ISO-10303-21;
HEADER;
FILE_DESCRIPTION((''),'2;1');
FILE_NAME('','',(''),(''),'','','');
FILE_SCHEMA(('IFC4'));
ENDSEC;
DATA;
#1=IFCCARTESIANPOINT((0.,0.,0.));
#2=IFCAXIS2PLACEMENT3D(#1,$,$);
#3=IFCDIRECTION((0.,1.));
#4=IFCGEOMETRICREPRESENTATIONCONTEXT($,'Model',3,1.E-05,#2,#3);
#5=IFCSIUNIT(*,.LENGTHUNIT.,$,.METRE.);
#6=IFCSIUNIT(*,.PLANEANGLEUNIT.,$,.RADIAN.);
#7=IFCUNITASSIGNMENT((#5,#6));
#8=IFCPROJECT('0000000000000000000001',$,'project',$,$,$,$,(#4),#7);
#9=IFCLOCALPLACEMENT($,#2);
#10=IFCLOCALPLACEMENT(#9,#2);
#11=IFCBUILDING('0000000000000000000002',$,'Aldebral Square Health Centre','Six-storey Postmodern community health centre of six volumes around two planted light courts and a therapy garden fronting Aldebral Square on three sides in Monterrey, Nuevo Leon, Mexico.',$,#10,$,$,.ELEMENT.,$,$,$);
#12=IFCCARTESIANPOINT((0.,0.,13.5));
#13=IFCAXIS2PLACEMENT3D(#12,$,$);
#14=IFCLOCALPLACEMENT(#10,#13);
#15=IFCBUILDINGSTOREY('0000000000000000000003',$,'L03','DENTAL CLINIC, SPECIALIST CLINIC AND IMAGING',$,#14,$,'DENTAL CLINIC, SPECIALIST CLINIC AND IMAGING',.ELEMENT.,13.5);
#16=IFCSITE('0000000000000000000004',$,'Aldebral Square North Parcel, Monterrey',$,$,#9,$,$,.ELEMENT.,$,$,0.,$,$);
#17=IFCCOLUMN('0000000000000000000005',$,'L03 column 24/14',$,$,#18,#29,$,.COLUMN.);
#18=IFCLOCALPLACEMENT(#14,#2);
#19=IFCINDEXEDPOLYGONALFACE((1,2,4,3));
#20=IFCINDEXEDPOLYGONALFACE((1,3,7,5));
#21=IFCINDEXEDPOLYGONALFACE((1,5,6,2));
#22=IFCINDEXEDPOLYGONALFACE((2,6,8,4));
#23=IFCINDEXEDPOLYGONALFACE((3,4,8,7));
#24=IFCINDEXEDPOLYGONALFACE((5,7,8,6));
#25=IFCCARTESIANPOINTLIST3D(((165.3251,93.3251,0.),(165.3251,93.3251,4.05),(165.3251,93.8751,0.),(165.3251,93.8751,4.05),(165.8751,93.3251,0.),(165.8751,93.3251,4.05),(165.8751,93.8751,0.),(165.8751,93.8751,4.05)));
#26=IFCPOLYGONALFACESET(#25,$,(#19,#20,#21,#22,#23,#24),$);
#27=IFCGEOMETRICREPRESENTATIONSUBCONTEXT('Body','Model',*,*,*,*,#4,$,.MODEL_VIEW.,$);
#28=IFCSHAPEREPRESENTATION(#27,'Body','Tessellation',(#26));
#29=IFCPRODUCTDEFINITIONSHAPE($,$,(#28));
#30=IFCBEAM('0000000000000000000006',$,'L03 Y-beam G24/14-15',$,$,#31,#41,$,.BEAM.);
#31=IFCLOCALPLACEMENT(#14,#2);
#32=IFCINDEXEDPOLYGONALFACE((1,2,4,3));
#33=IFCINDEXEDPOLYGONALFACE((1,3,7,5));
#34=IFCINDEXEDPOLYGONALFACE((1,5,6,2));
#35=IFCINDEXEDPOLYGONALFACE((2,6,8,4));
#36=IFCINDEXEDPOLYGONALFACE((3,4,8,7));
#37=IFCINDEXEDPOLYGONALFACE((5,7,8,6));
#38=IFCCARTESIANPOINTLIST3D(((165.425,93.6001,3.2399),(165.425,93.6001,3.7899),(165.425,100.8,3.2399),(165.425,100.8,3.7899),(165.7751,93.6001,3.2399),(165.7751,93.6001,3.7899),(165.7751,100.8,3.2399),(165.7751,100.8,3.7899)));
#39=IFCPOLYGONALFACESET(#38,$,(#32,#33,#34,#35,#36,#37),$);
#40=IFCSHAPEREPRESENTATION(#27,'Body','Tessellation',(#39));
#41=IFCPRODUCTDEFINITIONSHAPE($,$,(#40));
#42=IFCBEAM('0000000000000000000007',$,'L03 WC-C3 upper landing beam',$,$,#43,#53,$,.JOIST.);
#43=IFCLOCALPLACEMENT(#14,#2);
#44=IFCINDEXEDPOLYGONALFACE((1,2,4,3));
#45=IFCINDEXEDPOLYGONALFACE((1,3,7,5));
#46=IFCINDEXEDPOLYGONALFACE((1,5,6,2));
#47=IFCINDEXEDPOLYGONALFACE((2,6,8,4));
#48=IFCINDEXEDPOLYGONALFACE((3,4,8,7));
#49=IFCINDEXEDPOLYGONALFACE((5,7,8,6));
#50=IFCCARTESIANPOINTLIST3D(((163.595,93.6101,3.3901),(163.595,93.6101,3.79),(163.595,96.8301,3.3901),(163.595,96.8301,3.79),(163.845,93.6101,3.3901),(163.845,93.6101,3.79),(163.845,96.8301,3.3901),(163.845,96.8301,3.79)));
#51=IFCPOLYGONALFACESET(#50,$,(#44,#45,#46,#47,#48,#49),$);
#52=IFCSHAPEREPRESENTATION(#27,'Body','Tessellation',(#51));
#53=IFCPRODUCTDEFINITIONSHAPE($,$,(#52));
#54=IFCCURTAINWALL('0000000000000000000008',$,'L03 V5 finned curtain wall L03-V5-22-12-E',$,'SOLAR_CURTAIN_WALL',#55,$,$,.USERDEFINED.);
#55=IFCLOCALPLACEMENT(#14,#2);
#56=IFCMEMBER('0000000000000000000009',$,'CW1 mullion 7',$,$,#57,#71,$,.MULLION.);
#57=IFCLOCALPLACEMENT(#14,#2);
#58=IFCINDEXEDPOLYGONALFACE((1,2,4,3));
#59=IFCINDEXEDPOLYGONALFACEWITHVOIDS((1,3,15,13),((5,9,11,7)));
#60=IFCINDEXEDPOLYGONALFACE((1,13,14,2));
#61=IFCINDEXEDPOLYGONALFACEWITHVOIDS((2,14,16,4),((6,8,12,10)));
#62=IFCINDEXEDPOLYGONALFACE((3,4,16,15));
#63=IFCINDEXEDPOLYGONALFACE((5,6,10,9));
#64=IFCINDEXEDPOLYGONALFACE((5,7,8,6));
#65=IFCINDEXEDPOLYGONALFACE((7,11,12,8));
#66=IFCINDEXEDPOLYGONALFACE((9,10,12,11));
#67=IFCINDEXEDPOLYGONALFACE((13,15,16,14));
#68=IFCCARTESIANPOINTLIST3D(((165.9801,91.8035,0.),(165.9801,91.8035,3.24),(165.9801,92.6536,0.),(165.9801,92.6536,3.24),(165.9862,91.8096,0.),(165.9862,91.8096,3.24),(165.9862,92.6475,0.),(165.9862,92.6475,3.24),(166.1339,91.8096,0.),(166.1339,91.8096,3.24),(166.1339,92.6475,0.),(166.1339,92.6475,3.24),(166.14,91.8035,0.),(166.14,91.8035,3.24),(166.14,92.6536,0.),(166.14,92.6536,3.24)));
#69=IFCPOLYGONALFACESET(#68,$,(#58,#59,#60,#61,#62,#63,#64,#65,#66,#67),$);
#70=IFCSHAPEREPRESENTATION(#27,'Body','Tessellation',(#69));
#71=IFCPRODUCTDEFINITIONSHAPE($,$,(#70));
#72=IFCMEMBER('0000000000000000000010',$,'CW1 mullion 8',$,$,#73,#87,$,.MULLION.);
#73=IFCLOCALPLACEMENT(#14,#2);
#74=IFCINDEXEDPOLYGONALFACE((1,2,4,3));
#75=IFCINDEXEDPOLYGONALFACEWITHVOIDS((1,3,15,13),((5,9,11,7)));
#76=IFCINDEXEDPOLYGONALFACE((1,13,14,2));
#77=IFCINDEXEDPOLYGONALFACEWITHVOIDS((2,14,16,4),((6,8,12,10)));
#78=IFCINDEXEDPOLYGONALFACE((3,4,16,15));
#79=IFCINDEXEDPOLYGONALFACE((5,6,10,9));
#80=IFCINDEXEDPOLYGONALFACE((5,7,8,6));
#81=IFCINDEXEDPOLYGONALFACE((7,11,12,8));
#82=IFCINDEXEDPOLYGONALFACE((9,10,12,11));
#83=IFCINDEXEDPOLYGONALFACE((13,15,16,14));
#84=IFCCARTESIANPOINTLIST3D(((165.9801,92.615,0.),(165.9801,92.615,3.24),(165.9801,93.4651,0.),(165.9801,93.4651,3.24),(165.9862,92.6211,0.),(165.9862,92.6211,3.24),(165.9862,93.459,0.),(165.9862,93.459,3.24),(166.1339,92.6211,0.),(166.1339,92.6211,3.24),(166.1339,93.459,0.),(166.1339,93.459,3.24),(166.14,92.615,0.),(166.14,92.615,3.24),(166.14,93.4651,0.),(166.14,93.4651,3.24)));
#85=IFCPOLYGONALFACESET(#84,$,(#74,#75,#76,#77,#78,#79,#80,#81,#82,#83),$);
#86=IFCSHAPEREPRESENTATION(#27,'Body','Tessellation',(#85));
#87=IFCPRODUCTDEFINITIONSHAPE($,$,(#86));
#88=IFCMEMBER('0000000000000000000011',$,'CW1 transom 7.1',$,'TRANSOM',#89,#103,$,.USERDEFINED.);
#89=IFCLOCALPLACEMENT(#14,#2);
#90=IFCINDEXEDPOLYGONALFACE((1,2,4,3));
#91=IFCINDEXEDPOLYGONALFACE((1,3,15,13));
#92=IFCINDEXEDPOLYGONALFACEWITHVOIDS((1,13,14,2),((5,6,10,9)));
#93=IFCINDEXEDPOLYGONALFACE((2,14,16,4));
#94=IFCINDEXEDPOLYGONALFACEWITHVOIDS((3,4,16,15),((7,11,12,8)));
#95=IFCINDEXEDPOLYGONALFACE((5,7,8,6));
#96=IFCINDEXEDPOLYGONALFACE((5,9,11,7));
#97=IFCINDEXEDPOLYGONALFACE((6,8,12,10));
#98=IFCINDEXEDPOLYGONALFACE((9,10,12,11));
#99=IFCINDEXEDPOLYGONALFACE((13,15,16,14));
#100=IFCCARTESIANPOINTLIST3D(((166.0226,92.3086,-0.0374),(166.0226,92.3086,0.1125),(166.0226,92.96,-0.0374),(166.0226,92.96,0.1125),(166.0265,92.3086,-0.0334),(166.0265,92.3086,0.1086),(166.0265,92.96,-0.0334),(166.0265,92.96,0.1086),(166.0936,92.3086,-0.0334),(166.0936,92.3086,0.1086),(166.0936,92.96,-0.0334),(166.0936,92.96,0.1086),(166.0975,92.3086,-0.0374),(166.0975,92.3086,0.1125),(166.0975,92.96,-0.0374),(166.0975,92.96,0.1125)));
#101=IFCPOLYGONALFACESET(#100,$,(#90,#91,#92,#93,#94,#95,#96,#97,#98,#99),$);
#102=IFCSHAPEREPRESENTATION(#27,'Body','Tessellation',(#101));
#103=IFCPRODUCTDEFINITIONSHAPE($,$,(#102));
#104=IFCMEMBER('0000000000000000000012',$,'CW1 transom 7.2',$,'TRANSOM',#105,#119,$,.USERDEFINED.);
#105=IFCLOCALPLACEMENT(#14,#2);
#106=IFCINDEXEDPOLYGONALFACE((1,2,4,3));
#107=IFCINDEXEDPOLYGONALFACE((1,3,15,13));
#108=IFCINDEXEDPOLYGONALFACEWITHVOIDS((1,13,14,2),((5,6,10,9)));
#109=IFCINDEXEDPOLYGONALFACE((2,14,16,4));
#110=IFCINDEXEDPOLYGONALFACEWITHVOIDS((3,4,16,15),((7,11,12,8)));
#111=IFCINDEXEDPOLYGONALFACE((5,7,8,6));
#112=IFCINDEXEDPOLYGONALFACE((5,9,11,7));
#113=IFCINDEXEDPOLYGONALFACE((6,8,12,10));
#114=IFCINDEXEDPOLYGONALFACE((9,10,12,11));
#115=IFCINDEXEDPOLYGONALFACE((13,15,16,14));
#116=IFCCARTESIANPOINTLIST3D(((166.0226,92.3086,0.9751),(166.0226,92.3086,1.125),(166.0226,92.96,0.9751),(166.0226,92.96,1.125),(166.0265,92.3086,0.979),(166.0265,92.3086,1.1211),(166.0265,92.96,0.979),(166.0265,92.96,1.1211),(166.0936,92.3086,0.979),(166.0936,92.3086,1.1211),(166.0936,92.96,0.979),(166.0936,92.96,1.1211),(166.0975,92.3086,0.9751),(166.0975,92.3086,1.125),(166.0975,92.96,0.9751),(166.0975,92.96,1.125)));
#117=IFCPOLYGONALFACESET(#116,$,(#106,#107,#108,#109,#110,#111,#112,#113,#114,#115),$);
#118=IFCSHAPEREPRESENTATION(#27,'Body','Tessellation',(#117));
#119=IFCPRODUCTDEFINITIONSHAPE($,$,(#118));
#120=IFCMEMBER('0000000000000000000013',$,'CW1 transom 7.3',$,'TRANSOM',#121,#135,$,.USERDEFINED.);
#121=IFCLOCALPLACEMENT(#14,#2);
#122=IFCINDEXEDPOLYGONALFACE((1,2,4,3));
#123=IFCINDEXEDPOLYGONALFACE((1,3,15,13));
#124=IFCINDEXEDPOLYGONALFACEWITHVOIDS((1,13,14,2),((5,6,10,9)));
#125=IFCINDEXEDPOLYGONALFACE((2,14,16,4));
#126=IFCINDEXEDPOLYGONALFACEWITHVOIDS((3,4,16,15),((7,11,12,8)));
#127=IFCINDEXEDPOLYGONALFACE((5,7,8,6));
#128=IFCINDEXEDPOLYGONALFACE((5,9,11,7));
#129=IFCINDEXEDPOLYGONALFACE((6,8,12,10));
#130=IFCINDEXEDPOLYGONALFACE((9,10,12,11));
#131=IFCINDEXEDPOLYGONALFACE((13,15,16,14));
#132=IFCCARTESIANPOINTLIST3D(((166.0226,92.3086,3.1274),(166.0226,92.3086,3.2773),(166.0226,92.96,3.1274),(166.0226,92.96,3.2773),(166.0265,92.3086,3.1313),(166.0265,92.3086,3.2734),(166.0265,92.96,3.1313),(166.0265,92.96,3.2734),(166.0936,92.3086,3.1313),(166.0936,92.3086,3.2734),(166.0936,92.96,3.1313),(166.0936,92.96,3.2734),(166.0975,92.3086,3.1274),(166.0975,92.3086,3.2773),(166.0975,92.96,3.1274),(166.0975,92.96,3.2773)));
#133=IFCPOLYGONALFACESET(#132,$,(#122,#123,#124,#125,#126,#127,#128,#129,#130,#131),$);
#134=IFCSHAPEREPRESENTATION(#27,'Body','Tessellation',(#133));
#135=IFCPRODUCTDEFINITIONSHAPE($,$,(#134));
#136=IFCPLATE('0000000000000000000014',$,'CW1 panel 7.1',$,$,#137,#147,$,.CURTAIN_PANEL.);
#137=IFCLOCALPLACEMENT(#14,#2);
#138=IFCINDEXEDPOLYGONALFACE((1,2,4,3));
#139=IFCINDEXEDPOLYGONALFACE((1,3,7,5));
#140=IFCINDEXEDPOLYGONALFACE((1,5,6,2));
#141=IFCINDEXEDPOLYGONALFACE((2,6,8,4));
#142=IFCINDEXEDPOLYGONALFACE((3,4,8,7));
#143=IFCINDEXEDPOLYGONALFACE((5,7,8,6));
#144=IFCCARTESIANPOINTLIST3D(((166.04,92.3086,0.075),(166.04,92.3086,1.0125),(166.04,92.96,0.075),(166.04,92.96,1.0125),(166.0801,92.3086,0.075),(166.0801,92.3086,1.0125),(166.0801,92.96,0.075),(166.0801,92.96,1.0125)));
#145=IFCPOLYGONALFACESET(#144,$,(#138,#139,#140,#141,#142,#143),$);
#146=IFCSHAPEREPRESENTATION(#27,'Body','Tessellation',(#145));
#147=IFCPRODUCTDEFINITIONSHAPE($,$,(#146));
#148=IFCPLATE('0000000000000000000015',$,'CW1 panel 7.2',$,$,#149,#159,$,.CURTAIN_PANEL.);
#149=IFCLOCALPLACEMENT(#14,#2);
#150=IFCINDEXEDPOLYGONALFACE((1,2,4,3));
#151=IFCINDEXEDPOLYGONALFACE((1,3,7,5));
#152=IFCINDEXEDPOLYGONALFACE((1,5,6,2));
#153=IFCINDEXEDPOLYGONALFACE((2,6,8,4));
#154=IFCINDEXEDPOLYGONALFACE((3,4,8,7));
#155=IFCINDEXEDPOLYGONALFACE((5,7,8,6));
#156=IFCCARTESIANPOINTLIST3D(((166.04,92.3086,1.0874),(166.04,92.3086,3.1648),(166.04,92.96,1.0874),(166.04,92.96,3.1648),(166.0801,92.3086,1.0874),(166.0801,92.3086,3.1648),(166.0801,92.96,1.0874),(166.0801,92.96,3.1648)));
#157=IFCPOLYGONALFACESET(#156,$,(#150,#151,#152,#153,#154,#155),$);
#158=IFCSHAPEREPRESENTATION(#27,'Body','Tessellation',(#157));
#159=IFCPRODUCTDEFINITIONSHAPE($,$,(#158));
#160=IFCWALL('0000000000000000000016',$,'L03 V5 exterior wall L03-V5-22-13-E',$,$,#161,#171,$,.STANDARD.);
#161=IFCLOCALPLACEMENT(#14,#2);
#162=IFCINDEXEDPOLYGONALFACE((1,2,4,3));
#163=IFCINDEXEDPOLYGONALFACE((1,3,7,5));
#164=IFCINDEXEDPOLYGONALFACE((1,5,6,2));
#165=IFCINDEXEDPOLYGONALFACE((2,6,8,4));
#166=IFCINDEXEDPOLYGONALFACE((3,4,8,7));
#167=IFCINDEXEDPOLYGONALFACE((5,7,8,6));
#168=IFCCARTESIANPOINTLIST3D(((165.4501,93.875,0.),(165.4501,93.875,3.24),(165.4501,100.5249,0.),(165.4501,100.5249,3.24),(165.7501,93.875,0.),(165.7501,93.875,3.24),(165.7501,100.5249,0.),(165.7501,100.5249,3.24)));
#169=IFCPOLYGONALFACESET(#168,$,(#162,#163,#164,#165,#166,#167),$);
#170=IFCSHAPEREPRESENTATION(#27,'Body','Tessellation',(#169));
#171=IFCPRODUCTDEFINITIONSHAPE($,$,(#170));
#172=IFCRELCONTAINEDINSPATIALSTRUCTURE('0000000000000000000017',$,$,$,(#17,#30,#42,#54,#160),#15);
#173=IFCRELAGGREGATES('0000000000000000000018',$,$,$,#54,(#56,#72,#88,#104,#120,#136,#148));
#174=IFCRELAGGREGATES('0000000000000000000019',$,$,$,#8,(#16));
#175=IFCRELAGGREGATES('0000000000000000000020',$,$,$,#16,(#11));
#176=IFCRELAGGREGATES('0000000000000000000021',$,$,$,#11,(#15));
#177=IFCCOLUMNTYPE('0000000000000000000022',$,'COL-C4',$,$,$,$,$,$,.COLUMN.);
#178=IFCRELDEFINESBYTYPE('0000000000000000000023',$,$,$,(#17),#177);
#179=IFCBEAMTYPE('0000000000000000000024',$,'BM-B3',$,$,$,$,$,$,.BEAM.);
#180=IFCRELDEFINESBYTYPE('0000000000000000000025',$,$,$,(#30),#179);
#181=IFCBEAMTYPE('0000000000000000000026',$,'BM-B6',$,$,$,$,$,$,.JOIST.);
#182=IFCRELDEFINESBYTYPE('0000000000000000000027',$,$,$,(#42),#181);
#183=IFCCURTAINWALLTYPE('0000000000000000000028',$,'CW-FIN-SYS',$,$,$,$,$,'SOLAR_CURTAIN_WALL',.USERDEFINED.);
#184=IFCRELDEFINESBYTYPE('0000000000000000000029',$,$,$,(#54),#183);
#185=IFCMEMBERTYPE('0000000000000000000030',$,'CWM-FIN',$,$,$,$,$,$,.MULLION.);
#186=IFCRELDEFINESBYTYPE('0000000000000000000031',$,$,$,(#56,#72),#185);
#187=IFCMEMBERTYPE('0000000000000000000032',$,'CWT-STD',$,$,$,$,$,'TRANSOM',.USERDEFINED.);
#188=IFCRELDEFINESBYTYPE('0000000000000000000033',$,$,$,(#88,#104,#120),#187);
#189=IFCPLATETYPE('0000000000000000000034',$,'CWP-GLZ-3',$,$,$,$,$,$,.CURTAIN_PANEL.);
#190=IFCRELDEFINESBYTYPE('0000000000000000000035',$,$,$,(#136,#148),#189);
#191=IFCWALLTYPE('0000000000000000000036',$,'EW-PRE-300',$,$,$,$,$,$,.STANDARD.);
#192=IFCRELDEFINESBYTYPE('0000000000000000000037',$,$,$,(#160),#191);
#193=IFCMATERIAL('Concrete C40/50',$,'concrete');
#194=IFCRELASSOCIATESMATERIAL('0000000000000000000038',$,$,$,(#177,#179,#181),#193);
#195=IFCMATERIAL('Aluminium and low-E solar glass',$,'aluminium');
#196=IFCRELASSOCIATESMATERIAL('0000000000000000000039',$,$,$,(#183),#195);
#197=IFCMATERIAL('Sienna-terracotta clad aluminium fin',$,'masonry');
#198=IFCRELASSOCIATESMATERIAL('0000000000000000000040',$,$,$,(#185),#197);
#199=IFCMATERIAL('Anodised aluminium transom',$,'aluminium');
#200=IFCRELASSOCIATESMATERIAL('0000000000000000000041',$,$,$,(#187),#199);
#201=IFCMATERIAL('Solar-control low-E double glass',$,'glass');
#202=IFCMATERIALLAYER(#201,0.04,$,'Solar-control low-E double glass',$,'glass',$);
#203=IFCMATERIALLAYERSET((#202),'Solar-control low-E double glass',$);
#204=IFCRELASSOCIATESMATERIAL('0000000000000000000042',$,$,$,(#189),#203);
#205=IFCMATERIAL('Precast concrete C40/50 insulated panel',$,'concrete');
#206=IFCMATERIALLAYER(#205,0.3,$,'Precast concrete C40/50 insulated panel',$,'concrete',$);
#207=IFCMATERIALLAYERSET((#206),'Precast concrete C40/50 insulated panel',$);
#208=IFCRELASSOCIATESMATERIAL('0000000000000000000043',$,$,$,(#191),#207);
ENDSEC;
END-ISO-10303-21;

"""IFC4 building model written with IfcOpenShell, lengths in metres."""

from ifc_helpers import new_model, si_unit, direction, frame, frame_2d, origin, origin_2d, place, context, subcontext, project, spatial, rectangle, hollow_rectangle, extrude, material, layer, layer_set, material_profile, profile_set, type_object, element, aggregate, save


model = new_model("IFC4")

# Units and contexts
model_context = context("Model", 3, precision=1e-05, world=origin(), true_north=direction((0.0, 1.0)))
body_context = subcontext(model_context, "Body", "Model", "MODEL_VIEW")
ifc_project = project(units=[si_unit("LENGTHUNIT", "METRE"), si_unit("PLANEANGLEUNIT", "RADIAN")], contexts=[model_context])

# Site, building, storey
site_placement = place(None, origin())
site = spatial("IfcSite", under=ifc_project, at=site_placement, Name="Aldebral Square North Parcel, Monterrey", CompositionType="ELEMENT", RefElevation=0.0)
building_placement = place(site_placement, origin())
building = spatial("IfcBuilding", under=site, at=building_placement, Name="Aldebral Square Health Centre", Description="Six-storey Postmodern community health centre of six volumes around two planted light courts and a therapy garden fronting Aldebral Square on three sides in Monterrey, Nuevo Leon, Mexico.", CompositionType="ELEMENT")
storey_placement = place(building_placement, frame((0.0, 0.0, 13.5)))
storey = spatial("IfcBuildingStorey", under=building, at=storey_placement, Name="L03", Description="DENTAL CLINIC, SPECIALIST CLINIC AND IMAGING", LongName="DENTAL CLINIC, SPECIALIST CLINIC AND IMAGING", CompositionType="ELEMENT", Elevation=13.5)

# Column
ifc_material_1 = material(Name="Concrete C40/50", Category="concrete")
ifc_material_profile_1 = material_profile(ifc_material_1, rectangle(XDim=0.55, YDim=0.55, at=origin_2d()), Name="RC 550x550")
ifc_profile_set_1 = profile_set([ifc_material_profile_1], Name="Concrete C40/50")
column_type = type_object("IfcColumnType", Name="COL-C4", PredefinedType="COLUMN", material=ifc_profile_set_1)
column_placement = place(storey_placement, frame((165.6001, 93.6001, 0.0), z_axis=(0.0, 0.0, 1.0), x_axis=(1.0, 0.0, 0.0)))
element("IfcColumn", 1, at=column_placement, inside=storey, type_object=column_type, Name="L03 column 24/14", PredefinedType="COLUMN", context=body_context, shape_type="SweptSolid", body=[
    extrude(rectangle(XDim=0.55, YDim=0.55, at=origin_2d()), origin(), (0.0, 0.0, 1.0), 4.05),
])

# Beams
ifc_material_profile_2 = material_profile(ifc_material_1, rectangle(XDim=0.3501, YDim=0.55, at=origin_2d()), Name="RC 350x550")
ifc_profile_set_2 = profile_set([ifc_material_profile_2], Name="Concrete C40/50")
beam_type_1 = type_object("IfcBeamType", Name="BM-B3", PredefinedType="BEAM", material=ifc_profile_set_2)
beam_1_placement = place(storey_placement, frame((165.6001, 93.6001, 3.5149), z_axis=(0.0, 1.0, 0.0), x_axis=(-1.0, 0.0, 0.0)))
element("IfcBeam", 2, at=beam_1_placement, inside=storey, type_object=beam_type_1, Name="L03 Y-beam G24/14-15", PredefinedType="BEAM", context=body_context, shape_type="SweptSolid", body=[
    extrude(rectangle(XDim=0.3501, YDim=0.55, at=origin_2d()), origin(), (0.0, 0.0, 1.0), 7.2),
])
ifc_material_profile_3 = material_profile(ifc_material_1, rectangle(XDim=0.25, YDim=0.3999, at=origin_2d()), Name="RC 250x400")
ifc_profile_set_3 = profile_set([ifc_material_profile_3], Name="Concrete C40/50")
beam_type_2 = type_object("IfcBeamType", Name="BM-B6", PredefinedType="JOIST", material=ifc_profile_set_3)
beam_2_placement = place(storey_placement, frame((163.72, 93.6101, 3.5901), z_axis=(0.0, 1.0, 0.0), x_axis=(-1.0, 0.0, 0.0)))
element("IfcBeam", 3, at=beam_2_placement, inside=storey, type_object=beam_type_2, Name="L03 WC-C3 upper landing beam", PredefinedType="JOIST", context=body_context, shape_type="SweptSolid", body=[
    extrude(rectangle(XDim=0.25, YDim=0.3999, at=origin_2d()), origin(), (0.0, 0.0, 1.0), 3.22),
])

# Curtain wall, members, plates
ifc_material_2 = material(Name="Aluminium and low-E solar glass", Category="aluminium")
curtain_wall_type = type_object("IfcCurtainWallType", Name="CW-FIN-SYS", ElementType="SOLAR_CURTAIN_WALL", PredefinedType="USERDEFINED", material=ifc_material_2)
curtain_wall_placement = place(storey_placement, origin())
curtain_wall = element("IfcCurtainWall", 4, at=curtain_wall_placement, inside=storey, type_object=curtain_wall_type, Name="L03 V5 finned curtain wall L03-V5-22-12-E", ObjectType="SOLAR_CURTAIN_WALL", PredefinedType="USERDEFINED")
ifc_material_3 = material(Name="Sienna-terracotta clad aluminium fin", Category="masonry")
ifc_material_profile_4 = material_profile(ifc_material_3, hollow_rectangle(XDim=0.1599, YDim=0.8501, WallThickness=0.0061, at=origin_2d()), Name="FIN 160x850x6")
ifc_profile_set_4 = profile_set([ifc_material_profile_4], Name="Sienna-terracotta clad aluminium fin")
member_type_1 = type_object("IfcMemberType", Name="CWM-FIN", PredefinedType="MULLION", material=ifc_profile_set_4)
member_1_placement = place(storey_placement, frame((166.0601, 92.2285, 0.0), z_axis=(0.0, 0.0, 1.0), x_axis=(-1.0, 0.0, 0.0)))
member_1 = element("IfcMember", 5, at=member_1_placement, type_object=member_type_1, Name="CW1 mullion 7", PredefinedType="MULLION", context=body_context, shape_type="SweptSolid", body=[
    extrude(hollow_rectangle(XDim=0.1599, YDim=0.8501, WallThickness=0.0061, at=origin_2d()), origin(), (0.0, 0.0, 1.0), 3.24),
])
member_2_placement = place(storey_placement, frame((166.0601, 93.04, 0.0), z_axis=(0.0, 0.0, 1.0), x_axis=(-1.0, 0.0, 0.0)))
member_2 = element("IfcMember", 6, at=member_2_placement, type_object=member_type_1, Name="CW1 mullion 8", PredefinedType="MULLION", context=body_context, shape_type="SweptSolid", body=[
    extrude(hollow_rectangle(XDim=0.1599, YDim=0.8501, WallThickness=0.0061, at=origin_2d()), origin(), (0.0, 0.0, 1.0), 3.24),
])
ifc_material_4 = material(Name="Anodised aluminium transom", Category="aluminium")
ifc_material_profile_5 = material_profile(ifc_material_4, hollow_rectangle(XDim=0.075, YDim=0.1499, WallThickness=0.0039, at=origin_2d()), Name="CWT 75x150x4")
ifc_profile_set_5 = profile_set([ifc_material_profile_5], Name="Anodised aluminium transom")
member_type_2 = type_object("IfcMemberType", Name="CWT-STD", ElementType="TRANSOM", PredefinedType="USERDEFINED", material=ifc_profile_set_5)
member_3_placement = place(storey_placement, frame((166.0601, 92.3086, 0.0376), z_axis=(0.0, 1.0, 0.0), x_axis=(-1.0, 0.0, 0.0)))
member_3 = element("IfcMember", 7, at=member_3_placement, type_object=member_type_2, Name="CW1 transom 7.1", ObjectType="TRANSOM", PredefinedType="USERDEFINED", context=body_context, shape_type="SweptSolid", body=[
    extrude(hollow_rectangle(XDim=0.075, YDim=0.1499, WallThickness=0.0039, at=origin_2d()), origin(), (0.0, 0.0, 1.0), 0.6514),
])
member_4_placement = place(storey_placement, frame((166.0601, 92.3086, 1.05), z_axis=(0.0, 1.0, 0.0), x_axis=(-1.0, 0.0, 0.0)))
member_4 = element("IfcMember", 8, at=member_4_placement, type_object=member_type_2, Name="CW1 transom 7.2", ObjectType="TRANSOM", PredefinedType="USERDEFINED", context=body_context, shape_type="SweptSolid", body=[
    extrude(hollow_rectangle(XDim=0.075, YDim=0.1499, WallThickness=0.0039, at=origin_2d()), origin(), (0.0, 0.0, 1.0), 0.6514),
])
member_5_placement = place(storey_placement, frame((166.0601, 92.3086, 3.2024), z_axis=(0.0, 1.0, 0.0), x_axis=(-1.0, 0.0, 0.0)))
member_5 = element("IfcMember", 9, at=member_5_placement, type_object=member_type_2, Name="CW1 transom 7.3", ObjectType="TRANSOM", PredefinedType="USERDEFINED", context=body_context, shape_type="SweptSolid", body=[
    extrude(hollow_rectangle(XDim=0.075, YDim=0.1499, WallThickness=0.0039, at=origin_2d()), origin(), (0.0, 0.0, 1.0), 0.6514),
])
ifc_material_5 = material(Name="Solar-control low-E double glass", Category="glass")
ifc_layer_1 = layer(ifc_material_5, 0.04, Name="Solar-control low-E double glass", Category="glass")
ifc_layer_set_1 = layer_set([ifc_layer_1], Name="Solar-control low-E double glass")
plate_type = type_object("IfcPlateType", Name="CWP-GLZ-3", PredefinedType="CURTAIN_PANEL", material=ifc_layer_set_1)
plate_1_placement = place(storey_placement, frame((166.0601, 92.6343, 0.075), z_axis=(0.0, 0.0, 1.0), x_axis=(0.0, 1.0, 0.0)))
plate_1 = element("IfcPlate", 10, at=plate_1_placement, type_object=plate_type, Name="CW1 panel 7.1", PredefinedType="CURTAIN_PANEL", context=body_context, shape_type="SweptSolid", body=[
    extrude(rectangle(XDim=0.6514, YDim=0.04, at=origin_2d()), origin(), (0.0, 0.0, 1.0), 0.9375),
])
plate_2_placement = place(storey_placement, frame((166.0601, 92.6343, 1.0874), z_axis=(0.0, 0.0, 1.0), x_axis=(0.0, 1.0, 0.0)))
plate_2 = element("IfcPlate", 11, at=plate_2_placement, type_object=plate_type, Name="CW1 panel 7.2", PredefinedType="CURTAIN_PANEL", context=body_context, shape_type="SweptSolid", body=[
    extrude(rectangle(XDim=0.6514, YDim=0.04, at=origin_2d()), origin(), (0.0, 0.0, 1.0), 2.0774),
])
aggregate(curtain_wall, [member_1, member_2, member_3, member_4, member_5, plate_1, plate_2])

# Wall
ifc_material_6 = material(Name="Precast concrete C40/50 insulated panel", Category="concrete")
ifc_layer_2 = layer(ifc_material_6, 0.3, Name="Precast concrete C40/50 insulated panel", Category="concrete")
ifc_layer_set_2 = layer_set([ifc_layer_2], Name="Precast concrete C40/50 insulated panel")
wall_type_1 = type_object("IfcWallType", Name="EW-PRE-300", PredefinedType="STANDARD", material=ifc_layer_set_2)
wall_1_placement = place(storey_placement, frame((165.6001, 93.875, 0.0), z_axis=(0.0, 0.0, 1.0), x_axis=(0.0, 1.0, 0.0)))
element("IfcWall", 12, at=wall_1_placement, inside=storey, type_object=wall_type_1, Name="L03 V5 exterior wall L03-V5-22-13-E", PredefinedType="STANDARD", context=body_context, shape_type="SweptSolid", body=[
    extrude(rectangle(XDim=6.6499, YDim=0.3, at=frame_2d((3.325, 0.0))), origin(), (0.0, 0.0, 1.0), 3.24),
])

save(model, "model.ifc")
